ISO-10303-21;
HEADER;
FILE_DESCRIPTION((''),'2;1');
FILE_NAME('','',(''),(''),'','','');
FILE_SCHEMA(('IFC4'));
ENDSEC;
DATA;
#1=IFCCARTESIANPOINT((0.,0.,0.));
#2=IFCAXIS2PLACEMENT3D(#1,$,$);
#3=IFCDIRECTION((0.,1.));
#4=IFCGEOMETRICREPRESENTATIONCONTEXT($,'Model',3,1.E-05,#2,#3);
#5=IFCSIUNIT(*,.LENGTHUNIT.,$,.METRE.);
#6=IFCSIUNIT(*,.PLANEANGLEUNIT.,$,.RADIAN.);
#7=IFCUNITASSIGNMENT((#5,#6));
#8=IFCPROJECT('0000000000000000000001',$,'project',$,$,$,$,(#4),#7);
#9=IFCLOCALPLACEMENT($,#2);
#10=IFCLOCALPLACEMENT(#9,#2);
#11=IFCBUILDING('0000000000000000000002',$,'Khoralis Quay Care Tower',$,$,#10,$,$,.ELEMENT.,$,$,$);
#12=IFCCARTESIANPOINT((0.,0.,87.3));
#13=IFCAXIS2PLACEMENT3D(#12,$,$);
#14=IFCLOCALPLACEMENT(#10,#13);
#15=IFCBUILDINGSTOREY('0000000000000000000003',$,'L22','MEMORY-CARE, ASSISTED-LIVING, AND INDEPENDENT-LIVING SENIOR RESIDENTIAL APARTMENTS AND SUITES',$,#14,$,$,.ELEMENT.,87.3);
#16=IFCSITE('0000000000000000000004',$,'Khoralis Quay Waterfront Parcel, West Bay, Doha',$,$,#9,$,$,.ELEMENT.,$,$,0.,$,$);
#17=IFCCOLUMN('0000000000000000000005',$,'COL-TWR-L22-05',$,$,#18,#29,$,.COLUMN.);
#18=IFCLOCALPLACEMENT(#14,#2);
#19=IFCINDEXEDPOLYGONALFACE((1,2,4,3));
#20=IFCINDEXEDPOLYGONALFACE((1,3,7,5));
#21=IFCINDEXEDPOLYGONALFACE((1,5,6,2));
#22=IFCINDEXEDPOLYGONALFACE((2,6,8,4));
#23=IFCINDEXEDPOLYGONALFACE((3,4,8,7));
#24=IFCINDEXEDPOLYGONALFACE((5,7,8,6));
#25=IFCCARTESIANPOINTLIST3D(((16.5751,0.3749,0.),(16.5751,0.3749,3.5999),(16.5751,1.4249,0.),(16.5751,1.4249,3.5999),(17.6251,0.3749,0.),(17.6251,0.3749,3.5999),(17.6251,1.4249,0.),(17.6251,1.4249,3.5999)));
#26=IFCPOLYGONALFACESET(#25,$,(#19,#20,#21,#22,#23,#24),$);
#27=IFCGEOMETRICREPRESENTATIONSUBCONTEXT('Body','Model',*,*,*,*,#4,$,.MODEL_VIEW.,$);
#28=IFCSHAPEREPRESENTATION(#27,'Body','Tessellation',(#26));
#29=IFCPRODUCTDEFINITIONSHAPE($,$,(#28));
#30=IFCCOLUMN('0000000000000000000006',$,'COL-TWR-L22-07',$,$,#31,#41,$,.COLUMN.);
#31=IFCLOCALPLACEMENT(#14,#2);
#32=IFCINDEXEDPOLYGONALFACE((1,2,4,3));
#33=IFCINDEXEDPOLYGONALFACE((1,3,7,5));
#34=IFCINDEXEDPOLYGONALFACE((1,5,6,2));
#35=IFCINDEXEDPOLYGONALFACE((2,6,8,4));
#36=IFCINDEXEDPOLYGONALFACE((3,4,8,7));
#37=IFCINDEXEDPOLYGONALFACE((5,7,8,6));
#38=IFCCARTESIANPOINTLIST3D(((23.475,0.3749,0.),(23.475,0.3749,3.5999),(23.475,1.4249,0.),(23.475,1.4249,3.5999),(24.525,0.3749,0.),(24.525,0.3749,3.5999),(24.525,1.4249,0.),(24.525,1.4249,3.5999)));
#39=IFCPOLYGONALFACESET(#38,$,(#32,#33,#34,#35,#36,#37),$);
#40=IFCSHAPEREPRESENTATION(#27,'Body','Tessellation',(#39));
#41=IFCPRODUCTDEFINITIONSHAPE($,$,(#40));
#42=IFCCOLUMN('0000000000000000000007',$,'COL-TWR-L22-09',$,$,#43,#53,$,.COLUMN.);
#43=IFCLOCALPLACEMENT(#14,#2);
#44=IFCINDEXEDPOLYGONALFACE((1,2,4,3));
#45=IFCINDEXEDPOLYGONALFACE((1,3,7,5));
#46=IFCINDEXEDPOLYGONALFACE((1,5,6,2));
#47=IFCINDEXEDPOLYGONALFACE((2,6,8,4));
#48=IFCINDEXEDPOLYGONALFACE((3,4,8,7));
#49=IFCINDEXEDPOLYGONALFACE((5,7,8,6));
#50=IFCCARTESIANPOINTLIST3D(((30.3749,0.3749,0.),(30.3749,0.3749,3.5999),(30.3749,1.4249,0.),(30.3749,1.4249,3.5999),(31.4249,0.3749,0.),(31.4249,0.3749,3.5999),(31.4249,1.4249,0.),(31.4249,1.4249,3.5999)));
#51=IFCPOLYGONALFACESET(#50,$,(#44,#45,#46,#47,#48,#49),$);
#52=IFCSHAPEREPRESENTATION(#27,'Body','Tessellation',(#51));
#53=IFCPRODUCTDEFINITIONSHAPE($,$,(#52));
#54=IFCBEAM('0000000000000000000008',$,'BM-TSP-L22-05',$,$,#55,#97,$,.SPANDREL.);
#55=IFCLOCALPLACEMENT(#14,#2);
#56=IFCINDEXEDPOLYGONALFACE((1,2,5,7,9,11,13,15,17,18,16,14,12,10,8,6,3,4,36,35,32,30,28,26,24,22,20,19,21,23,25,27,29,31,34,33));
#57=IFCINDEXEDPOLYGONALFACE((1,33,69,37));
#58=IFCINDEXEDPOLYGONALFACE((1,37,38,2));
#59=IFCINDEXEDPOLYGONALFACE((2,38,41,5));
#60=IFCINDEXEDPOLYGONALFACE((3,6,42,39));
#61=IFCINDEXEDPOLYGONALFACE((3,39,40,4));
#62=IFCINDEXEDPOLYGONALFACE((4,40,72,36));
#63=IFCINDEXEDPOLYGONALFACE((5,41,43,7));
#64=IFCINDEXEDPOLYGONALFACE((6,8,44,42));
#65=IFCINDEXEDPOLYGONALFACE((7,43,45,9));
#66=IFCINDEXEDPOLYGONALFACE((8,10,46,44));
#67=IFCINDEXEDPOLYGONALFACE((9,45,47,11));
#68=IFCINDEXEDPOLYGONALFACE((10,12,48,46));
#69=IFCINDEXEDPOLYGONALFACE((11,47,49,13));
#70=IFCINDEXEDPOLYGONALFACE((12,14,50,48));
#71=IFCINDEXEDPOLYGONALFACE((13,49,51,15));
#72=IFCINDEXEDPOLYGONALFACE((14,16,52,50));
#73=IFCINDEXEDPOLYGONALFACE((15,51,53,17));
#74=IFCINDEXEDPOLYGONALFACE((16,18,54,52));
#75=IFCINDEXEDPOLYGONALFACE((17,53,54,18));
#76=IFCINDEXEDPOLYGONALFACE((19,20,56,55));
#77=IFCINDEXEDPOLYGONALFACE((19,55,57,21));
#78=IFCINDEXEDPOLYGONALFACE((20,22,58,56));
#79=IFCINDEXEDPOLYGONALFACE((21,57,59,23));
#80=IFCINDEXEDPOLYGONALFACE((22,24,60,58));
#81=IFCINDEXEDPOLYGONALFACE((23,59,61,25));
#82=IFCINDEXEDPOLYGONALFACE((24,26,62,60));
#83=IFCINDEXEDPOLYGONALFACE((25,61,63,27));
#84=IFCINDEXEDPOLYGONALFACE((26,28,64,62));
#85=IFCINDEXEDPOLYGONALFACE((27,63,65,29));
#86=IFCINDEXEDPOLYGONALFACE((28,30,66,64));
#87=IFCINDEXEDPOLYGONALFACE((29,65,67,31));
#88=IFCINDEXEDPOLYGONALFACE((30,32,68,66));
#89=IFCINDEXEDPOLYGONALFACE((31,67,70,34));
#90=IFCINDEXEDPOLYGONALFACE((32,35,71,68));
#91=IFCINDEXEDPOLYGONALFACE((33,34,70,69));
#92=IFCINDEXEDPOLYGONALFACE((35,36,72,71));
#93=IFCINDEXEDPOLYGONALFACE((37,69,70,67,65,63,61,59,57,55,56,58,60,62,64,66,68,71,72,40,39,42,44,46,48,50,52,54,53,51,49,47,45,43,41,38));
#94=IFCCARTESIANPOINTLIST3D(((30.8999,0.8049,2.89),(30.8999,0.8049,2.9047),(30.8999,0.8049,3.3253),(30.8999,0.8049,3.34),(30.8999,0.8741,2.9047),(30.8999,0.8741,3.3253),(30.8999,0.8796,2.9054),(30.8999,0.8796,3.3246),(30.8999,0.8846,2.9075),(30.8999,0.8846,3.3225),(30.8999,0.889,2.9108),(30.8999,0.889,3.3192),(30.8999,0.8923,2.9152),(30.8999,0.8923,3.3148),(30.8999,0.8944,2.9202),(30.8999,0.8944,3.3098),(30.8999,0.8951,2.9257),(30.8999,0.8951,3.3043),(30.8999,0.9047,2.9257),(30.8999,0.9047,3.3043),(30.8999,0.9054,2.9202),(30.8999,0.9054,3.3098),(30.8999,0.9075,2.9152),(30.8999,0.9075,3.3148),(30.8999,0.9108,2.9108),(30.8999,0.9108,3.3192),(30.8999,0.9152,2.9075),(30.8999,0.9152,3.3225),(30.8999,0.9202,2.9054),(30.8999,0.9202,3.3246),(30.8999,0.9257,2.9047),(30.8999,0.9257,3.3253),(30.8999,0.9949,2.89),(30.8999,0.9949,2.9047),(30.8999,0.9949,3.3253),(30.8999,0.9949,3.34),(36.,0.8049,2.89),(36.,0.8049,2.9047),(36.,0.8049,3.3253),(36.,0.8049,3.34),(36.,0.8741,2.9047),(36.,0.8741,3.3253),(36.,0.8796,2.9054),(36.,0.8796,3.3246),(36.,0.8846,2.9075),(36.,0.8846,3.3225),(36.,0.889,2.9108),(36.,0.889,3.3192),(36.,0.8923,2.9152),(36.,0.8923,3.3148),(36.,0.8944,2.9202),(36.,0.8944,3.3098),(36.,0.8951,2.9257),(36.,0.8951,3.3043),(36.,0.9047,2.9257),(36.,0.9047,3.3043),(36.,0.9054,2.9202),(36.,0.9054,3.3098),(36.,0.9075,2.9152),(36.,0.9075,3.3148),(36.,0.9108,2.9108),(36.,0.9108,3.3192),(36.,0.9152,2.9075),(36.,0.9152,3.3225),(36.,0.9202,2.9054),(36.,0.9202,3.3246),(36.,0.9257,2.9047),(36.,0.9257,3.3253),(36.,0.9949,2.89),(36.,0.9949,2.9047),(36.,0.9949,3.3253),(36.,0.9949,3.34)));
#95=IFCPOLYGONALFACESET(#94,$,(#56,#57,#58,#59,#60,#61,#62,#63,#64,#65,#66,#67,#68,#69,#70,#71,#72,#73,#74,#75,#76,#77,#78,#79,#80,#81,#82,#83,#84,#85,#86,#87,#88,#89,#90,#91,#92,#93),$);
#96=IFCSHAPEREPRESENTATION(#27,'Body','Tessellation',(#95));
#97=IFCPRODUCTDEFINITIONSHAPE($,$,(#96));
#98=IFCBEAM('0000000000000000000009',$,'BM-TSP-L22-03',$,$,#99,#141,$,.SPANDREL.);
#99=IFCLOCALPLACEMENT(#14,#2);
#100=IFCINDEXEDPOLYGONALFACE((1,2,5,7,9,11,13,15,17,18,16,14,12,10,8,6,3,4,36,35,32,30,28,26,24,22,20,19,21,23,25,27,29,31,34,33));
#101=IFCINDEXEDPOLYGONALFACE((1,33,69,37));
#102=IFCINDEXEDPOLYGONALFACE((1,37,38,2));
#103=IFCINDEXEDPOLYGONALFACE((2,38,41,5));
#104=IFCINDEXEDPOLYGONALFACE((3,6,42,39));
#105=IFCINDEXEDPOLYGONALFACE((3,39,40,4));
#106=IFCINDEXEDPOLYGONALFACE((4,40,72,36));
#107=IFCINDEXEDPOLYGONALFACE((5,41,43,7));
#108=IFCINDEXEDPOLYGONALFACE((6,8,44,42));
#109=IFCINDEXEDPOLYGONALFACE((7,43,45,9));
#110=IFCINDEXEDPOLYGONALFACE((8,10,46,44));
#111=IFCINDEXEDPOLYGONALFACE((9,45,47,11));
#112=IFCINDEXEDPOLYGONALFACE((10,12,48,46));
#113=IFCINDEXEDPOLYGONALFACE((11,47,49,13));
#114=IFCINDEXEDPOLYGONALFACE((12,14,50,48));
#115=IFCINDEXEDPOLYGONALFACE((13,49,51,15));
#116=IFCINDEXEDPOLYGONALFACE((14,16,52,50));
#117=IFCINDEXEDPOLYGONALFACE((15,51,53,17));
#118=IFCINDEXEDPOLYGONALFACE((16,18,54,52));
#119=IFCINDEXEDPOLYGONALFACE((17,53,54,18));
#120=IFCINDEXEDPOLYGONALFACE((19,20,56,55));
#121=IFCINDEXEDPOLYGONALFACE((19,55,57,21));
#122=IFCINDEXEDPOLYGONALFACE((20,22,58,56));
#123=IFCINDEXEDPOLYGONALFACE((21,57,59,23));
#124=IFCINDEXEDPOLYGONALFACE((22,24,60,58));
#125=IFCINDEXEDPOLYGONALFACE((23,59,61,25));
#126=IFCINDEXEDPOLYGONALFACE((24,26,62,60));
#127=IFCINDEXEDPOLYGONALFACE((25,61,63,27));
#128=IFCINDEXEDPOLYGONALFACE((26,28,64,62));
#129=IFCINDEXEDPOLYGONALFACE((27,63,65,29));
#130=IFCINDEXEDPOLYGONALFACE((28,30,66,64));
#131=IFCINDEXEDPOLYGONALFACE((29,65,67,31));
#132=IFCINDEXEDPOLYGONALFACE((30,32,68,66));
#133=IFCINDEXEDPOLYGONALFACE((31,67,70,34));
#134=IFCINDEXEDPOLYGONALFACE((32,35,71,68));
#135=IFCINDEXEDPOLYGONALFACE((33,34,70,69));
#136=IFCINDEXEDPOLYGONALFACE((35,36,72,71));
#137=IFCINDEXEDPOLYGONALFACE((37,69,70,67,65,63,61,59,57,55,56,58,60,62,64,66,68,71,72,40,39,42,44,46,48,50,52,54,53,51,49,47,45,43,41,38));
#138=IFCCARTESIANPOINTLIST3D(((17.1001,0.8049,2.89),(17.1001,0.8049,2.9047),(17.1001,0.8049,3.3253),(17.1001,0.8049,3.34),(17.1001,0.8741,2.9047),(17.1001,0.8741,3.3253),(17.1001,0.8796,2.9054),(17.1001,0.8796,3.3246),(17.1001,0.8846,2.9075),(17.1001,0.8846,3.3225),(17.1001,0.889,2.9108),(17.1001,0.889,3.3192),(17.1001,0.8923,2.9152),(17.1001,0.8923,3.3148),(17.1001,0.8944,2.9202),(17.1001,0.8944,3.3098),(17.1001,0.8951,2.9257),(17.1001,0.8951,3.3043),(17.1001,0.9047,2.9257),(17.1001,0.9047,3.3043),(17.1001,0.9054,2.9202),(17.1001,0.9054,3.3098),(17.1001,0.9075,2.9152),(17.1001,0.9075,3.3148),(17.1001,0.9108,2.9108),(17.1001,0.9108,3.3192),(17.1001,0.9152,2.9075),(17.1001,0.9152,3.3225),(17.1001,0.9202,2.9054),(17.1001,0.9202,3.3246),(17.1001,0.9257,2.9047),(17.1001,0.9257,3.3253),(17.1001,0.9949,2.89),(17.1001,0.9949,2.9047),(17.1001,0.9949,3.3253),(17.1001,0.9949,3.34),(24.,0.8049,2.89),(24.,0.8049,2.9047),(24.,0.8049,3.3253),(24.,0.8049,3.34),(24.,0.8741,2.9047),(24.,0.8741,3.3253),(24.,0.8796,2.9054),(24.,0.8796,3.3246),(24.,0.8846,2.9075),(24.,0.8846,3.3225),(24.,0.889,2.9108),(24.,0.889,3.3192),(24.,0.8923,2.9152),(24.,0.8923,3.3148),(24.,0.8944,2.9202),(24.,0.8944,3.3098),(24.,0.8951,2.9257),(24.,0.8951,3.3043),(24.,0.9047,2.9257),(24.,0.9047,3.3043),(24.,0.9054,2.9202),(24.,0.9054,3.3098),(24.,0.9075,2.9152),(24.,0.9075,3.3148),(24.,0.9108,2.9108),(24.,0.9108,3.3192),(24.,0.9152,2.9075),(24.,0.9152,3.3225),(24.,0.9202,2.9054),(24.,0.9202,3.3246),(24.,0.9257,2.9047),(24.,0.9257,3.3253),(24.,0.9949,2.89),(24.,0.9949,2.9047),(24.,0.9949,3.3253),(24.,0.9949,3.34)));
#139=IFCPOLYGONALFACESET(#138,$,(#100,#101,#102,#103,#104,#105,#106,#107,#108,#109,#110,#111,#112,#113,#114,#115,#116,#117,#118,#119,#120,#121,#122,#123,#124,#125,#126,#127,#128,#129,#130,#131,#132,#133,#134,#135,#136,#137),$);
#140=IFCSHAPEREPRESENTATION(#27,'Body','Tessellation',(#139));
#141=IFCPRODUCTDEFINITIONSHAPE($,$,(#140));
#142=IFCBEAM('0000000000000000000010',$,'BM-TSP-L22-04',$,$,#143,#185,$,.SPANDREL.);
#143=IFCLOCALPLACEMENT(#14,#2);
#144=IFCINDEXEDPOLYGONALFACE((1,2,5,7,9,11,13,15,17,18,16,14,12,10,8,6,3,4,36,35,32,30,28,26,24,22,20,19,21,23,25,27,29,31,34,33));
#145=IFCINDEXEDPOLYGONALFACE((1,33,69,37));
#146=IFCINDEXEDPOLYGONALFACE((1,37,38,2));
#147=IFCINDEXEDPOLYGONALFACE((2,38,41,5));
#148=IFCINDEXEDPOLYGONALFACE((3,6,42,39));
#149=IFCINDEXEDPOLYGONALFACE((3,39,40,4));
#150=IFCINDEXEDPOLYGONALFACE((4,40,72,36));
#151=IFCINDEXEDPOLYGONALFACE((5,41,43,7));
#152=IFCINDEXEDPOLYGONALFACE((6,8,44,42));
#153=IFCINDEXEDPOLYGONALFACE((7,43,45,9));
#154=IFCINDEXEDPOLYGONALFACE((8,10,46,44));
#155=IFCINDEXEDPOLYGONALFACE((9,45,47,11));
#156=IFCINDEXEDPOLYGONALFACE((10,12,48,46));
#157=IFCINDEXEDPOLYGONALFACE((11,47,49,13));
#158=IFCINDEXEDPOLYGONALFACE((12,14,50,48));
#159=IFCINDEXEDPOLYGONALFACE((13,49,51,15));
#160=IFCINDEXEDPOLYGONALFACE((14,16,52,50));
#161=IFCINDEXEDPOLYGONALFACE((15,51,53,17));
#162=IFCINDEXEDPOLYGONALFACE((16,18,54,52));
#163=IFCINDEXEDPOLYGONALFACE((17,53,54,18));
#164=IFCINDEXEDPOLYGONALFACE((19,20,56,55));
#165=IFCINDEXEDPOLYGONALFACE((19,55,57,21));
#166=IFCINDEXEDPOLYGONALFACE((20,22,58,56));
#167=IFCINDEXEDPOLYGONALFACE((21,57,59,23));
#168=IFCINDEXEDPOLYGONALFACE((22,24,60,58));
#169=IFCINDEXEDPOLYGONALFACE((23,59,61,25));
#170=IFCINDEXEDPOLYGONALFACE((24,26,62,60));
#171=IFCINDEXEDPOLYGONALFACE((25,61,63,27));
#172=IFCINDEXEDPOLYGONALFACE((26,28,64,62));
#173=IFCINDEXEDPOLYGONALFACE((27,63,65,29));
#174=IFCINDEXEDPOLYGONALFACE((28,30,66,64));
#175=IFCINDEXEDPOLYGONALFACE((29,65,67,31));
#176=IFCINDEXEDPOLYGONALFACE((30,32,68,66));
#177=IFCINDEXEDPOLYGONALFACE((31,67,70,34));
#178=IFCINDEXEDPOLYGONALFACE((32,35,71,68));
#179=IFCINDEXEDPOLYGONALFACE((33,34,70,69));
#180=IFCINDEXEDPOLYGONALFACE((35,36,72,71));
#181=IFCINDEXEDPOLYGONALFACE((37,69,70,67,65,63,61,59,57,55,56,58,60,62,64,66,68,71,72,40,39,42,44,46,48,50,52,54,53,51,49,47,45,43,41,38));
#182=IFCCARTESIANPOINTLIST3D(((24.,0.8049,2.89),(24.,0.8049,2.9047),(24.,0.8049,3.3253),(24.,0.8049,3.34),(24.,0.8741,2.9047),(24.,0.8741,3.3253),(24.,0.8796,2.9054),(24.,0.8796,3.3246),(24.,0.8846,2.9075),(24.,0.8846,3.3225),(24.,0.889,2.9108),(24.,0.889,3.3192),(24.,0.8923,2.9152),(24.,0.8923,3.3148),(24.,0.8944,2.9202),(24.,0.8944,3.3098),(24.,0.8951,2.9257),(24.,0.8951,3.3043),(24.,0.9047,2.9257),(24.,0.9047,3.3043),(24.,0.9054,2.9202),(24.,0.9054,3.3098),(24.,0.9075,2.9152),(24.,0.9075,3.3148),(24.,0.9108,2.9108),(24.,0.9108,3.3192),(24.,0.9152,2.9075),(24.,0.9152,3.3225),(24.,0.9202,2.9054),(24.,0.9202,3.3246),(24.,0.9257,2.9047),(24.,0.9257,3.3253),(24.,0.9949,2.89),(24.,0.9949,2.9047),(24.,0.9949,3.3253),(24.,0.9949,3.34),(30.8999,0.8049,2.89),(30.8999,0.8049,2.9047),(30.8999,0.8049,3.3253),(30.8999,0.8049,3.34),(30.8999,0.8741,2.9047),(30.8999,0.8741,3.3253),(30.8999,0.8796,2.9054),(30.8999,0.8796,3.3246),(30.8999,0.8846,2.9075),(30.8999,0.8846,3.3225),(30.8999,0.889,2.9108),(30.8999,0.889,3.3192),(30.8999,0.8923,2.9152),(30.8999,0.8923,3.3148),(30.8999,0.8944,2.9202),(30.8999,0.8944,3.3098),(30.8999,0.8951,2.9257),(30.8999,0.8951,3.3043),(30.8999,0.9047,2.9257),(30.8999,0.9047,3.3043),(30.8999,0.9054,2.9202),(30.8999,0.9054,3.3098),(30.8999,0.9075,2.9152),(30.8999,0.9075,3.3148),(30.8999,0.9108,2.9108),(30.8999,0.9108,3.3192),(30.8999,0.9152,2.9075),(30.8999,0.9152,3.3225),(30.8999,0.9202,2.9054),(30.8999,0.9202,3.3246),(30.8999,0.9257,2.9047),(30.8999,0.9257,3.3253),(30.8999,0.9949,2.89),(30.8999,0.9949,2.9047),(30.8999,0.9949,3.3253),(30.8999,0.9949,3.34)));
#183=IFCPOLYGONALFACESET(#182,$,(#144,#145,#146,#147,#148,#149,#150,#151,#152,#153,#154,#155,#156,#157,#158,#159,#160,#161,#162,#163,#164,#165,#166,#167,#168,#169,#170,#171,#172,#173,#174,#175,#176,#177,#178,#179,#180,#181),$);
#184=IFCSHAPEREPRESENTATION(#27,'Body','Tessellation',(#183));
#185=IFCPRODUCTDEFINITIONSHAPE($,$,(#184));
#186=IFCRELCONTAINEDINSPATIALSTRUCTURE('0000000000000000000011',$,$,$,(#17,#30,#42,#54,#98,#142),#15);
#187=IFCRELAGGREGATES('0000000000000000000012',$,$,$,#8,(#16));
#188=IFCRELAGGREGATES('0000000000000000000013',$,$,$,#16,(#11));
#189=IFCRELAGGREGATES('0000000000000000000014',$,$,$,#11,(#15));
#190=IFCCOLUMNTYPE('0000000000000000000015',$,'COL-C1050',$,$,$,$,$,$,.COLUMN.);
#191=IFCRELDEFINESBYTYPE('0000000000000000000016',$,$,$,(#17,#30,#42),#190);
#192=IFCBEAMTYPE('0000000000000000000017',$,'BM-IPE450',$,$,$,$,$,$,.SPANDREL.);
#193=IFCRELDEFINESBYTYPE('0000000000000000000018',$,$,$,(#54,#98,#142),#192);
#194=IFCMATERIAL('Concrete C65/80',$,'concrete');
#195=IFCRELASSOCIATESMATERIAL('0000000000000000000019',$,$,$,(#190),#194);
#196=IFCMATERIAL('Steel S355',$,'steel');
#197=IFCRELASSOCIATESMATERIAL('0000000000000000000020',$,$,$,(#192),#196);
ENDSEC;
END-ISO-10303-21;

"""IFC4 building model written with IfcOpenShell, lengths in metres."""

from ifc_helpers import new_model, si_unit, direction, frame, origin, origin_2d, place, context, subcontext, project, spatial, rectangle, i_section, extrude, source, transform, mapped, material, material_profile, profile_set, type_object, element, save


model = new_model("IFC4")

# Units and contexts
model_context = context("Model", 3, precision=1e-05, world=origin(), true_north=direction((0.0, 1.0)))
body_context = subcontext(model_context, "Body", "Model", "MODEL_VIEW")
ifc_project = project(units=[si_unit("LENGTHUNIT", "METRE"), si_unit("PLANEANGLEUNIT", "RADIAN")], contexts=[model_context])

# Site, building, storey
site_placement = place(None, origin())
site = spatial("IfcSite", under=ifc_project, at=site_placement, Name="Khoralis Quay Waterfront Parcel, West Bay, Doha", CompositionType="ELEMENT", RefElevation=0.0)
building_placement = place(site_placement, origin())
building = spatial("IfcBuilding", under=site, at=building_placement, Name="Khoralis Quay Care Tower", CompositionType="ELEMENT")
storey_placement = place(building_placement, frame((0.0, 0.0, 87.3)))
storey = spatial("IfcBuildingStorey", under=building, at=storey_placement, Name="L22", Description="MEMORY-CARE, ASSISTED-LIVING, AND INDEPENDENT-LIVING SENIOR RESIDENTIAL APARTMENTS AND SUITES", CompositionType="ELEMENT", Elevation=87.3)

# Columns
ifc_material_1 = material(Name="Concrete C65/80", Category="concrete")
ifc_material_profile_1 = material_profile(ifc_material_1, rectangle(XDim=1.05, YDim=1.05, at=origin_2d()), Name="Concrete C65/80")
ifc_profile_set_1 = profile_set([ifc_material_profile_1], Name="Concrete C65/80")
column_type = type_object("IfcColumnType", Name="COL-C1050", PredefinedType="COLUMN", material=ifc_profile_set_1)
shared_shape_1 = source(origin(), body_context, "Body", "SweptSolid", [
    extrude(rectangle(XDim=1.05, YDim=1.05, at=origin_2d()), origin(), (0.0, 0.0, 1.0), 3.5999),
])
for number, where, z_axis, x_axis, name in (
    (1, (17.1001, 0.8999, 0.0), (0.0, 0.0, 1.0), (1.0, 0.0, 0.0), "COL-TWR-L22-05"),
    (2, (24.0, 0.8999, 0.0), (0.0, 0.0, 1.0), (1.0, 0.0, 0.0), "COL-TWR-L22-07"),
    (3, (30.8999, 0.8999, 0.0), (0.0, 0.0, 1.0), (1.0, 0.0, 0.0), "COL-TWR-L22-09"),
):
    element("IfcColumn", number, at=place(storey_placement, frame(where, z_axis=z_axis, x_axis=x_axis)), inside=storey, type_object=column_type, Name=name, PredefinedType="COLUMN", context=body_context, shape_type="MappedRepresentation", body=[
        mapped(shared_shape_1, transform((0.0, 0.0, 0.0), scale=1.0)),
    ])

# Beams
ifc_material_2 = material(Name="Steel S355", Category="steel")
ifc_material_profile_2 = material_profile(ifc_material_2, i_section(OverallWidth=0.1899, OverallDepth=0.45, WebThickness=0.0095, FlangeThickness=0.0146, FilletRadius=0.021, at=origin_2d()), Name="Steel S355")
ifc_profile_set_2 = profile_set([ifc_material_profile_2], Name="Steel S355")
beam_type_1 = type_object("IfcBeamType", Name="BM-IPE450", PredefinedType="SPANDREL", material=ifc_profile_set_2)
shared_shape_2 = source(origin(), body_context, "Body", "SweptSolid", [
    extrude(i_section(OverallWidth=0.1899, OverallDepth=0.45, WebThickness=0.0095, FlangeThickness=0.0146, FilletRadius=0.021, at=origin_2d()), origin(), (0.0, 0.0, 1.0), 5.1001),
])
beam_1_placement = place(storey_placement, frame((30.8999, 0.8999, 3.115), z_axis=(1.0, 0.0, 0.0), x_axis=(0.0, 1.0, 0.0)))
element("IfcBeam", 4, at=beam_1_placement, inside=storey, type_object=beam_type_1, Name="BM-TSP-L22-05", PredefinedType="SPANDREL", context=body_context, shape_type="MappedRepresentation", body=[
    mapped(shared_shape_2, transform((0.0, 0.0, 0.0), scale=1.0)),
])
shared_shape_3 = source(origin(), body_context, "Body", "SweptSolid", [
    extrude(i_section(OverallWidth=0.1899, OverallDepth=0.45, WebThickness=0.0095, FlangeThickness=0.0146, FilletRadius=0.021, at=origin_2d()), origin(), (0.0, 0.0, 1.0), 6.8999),
])
for number, where, z_axis, x_axis, name in (
    (5, (17.1001, 0.8999, 3.115), (1.0, 0.0, 0.0), (0.0, 1.0, 0.0), "BM-TSP-L22-03"),
    (6, (24.0, 0.8999, 3.115), (1.0, 0.0, 0.0), (0.0, 1.0, 0.0), "BM-TSP-L22-04"),
):
    element("IfcBeam", number, at=place(storey_placement, frame(where, z_axis=z_axis, x_axis=x_axis)), inside=storey, type_object=beam_type_1, Name=name, PredefinedType="SPANDREL", context=body_context, shape_type="MappedRepresentation", body=[
        mapped(shared_shape_3, transform((0.0, 0.0, 0.0), scale=1.0)),
    ])

save(model, "model.ifc")
